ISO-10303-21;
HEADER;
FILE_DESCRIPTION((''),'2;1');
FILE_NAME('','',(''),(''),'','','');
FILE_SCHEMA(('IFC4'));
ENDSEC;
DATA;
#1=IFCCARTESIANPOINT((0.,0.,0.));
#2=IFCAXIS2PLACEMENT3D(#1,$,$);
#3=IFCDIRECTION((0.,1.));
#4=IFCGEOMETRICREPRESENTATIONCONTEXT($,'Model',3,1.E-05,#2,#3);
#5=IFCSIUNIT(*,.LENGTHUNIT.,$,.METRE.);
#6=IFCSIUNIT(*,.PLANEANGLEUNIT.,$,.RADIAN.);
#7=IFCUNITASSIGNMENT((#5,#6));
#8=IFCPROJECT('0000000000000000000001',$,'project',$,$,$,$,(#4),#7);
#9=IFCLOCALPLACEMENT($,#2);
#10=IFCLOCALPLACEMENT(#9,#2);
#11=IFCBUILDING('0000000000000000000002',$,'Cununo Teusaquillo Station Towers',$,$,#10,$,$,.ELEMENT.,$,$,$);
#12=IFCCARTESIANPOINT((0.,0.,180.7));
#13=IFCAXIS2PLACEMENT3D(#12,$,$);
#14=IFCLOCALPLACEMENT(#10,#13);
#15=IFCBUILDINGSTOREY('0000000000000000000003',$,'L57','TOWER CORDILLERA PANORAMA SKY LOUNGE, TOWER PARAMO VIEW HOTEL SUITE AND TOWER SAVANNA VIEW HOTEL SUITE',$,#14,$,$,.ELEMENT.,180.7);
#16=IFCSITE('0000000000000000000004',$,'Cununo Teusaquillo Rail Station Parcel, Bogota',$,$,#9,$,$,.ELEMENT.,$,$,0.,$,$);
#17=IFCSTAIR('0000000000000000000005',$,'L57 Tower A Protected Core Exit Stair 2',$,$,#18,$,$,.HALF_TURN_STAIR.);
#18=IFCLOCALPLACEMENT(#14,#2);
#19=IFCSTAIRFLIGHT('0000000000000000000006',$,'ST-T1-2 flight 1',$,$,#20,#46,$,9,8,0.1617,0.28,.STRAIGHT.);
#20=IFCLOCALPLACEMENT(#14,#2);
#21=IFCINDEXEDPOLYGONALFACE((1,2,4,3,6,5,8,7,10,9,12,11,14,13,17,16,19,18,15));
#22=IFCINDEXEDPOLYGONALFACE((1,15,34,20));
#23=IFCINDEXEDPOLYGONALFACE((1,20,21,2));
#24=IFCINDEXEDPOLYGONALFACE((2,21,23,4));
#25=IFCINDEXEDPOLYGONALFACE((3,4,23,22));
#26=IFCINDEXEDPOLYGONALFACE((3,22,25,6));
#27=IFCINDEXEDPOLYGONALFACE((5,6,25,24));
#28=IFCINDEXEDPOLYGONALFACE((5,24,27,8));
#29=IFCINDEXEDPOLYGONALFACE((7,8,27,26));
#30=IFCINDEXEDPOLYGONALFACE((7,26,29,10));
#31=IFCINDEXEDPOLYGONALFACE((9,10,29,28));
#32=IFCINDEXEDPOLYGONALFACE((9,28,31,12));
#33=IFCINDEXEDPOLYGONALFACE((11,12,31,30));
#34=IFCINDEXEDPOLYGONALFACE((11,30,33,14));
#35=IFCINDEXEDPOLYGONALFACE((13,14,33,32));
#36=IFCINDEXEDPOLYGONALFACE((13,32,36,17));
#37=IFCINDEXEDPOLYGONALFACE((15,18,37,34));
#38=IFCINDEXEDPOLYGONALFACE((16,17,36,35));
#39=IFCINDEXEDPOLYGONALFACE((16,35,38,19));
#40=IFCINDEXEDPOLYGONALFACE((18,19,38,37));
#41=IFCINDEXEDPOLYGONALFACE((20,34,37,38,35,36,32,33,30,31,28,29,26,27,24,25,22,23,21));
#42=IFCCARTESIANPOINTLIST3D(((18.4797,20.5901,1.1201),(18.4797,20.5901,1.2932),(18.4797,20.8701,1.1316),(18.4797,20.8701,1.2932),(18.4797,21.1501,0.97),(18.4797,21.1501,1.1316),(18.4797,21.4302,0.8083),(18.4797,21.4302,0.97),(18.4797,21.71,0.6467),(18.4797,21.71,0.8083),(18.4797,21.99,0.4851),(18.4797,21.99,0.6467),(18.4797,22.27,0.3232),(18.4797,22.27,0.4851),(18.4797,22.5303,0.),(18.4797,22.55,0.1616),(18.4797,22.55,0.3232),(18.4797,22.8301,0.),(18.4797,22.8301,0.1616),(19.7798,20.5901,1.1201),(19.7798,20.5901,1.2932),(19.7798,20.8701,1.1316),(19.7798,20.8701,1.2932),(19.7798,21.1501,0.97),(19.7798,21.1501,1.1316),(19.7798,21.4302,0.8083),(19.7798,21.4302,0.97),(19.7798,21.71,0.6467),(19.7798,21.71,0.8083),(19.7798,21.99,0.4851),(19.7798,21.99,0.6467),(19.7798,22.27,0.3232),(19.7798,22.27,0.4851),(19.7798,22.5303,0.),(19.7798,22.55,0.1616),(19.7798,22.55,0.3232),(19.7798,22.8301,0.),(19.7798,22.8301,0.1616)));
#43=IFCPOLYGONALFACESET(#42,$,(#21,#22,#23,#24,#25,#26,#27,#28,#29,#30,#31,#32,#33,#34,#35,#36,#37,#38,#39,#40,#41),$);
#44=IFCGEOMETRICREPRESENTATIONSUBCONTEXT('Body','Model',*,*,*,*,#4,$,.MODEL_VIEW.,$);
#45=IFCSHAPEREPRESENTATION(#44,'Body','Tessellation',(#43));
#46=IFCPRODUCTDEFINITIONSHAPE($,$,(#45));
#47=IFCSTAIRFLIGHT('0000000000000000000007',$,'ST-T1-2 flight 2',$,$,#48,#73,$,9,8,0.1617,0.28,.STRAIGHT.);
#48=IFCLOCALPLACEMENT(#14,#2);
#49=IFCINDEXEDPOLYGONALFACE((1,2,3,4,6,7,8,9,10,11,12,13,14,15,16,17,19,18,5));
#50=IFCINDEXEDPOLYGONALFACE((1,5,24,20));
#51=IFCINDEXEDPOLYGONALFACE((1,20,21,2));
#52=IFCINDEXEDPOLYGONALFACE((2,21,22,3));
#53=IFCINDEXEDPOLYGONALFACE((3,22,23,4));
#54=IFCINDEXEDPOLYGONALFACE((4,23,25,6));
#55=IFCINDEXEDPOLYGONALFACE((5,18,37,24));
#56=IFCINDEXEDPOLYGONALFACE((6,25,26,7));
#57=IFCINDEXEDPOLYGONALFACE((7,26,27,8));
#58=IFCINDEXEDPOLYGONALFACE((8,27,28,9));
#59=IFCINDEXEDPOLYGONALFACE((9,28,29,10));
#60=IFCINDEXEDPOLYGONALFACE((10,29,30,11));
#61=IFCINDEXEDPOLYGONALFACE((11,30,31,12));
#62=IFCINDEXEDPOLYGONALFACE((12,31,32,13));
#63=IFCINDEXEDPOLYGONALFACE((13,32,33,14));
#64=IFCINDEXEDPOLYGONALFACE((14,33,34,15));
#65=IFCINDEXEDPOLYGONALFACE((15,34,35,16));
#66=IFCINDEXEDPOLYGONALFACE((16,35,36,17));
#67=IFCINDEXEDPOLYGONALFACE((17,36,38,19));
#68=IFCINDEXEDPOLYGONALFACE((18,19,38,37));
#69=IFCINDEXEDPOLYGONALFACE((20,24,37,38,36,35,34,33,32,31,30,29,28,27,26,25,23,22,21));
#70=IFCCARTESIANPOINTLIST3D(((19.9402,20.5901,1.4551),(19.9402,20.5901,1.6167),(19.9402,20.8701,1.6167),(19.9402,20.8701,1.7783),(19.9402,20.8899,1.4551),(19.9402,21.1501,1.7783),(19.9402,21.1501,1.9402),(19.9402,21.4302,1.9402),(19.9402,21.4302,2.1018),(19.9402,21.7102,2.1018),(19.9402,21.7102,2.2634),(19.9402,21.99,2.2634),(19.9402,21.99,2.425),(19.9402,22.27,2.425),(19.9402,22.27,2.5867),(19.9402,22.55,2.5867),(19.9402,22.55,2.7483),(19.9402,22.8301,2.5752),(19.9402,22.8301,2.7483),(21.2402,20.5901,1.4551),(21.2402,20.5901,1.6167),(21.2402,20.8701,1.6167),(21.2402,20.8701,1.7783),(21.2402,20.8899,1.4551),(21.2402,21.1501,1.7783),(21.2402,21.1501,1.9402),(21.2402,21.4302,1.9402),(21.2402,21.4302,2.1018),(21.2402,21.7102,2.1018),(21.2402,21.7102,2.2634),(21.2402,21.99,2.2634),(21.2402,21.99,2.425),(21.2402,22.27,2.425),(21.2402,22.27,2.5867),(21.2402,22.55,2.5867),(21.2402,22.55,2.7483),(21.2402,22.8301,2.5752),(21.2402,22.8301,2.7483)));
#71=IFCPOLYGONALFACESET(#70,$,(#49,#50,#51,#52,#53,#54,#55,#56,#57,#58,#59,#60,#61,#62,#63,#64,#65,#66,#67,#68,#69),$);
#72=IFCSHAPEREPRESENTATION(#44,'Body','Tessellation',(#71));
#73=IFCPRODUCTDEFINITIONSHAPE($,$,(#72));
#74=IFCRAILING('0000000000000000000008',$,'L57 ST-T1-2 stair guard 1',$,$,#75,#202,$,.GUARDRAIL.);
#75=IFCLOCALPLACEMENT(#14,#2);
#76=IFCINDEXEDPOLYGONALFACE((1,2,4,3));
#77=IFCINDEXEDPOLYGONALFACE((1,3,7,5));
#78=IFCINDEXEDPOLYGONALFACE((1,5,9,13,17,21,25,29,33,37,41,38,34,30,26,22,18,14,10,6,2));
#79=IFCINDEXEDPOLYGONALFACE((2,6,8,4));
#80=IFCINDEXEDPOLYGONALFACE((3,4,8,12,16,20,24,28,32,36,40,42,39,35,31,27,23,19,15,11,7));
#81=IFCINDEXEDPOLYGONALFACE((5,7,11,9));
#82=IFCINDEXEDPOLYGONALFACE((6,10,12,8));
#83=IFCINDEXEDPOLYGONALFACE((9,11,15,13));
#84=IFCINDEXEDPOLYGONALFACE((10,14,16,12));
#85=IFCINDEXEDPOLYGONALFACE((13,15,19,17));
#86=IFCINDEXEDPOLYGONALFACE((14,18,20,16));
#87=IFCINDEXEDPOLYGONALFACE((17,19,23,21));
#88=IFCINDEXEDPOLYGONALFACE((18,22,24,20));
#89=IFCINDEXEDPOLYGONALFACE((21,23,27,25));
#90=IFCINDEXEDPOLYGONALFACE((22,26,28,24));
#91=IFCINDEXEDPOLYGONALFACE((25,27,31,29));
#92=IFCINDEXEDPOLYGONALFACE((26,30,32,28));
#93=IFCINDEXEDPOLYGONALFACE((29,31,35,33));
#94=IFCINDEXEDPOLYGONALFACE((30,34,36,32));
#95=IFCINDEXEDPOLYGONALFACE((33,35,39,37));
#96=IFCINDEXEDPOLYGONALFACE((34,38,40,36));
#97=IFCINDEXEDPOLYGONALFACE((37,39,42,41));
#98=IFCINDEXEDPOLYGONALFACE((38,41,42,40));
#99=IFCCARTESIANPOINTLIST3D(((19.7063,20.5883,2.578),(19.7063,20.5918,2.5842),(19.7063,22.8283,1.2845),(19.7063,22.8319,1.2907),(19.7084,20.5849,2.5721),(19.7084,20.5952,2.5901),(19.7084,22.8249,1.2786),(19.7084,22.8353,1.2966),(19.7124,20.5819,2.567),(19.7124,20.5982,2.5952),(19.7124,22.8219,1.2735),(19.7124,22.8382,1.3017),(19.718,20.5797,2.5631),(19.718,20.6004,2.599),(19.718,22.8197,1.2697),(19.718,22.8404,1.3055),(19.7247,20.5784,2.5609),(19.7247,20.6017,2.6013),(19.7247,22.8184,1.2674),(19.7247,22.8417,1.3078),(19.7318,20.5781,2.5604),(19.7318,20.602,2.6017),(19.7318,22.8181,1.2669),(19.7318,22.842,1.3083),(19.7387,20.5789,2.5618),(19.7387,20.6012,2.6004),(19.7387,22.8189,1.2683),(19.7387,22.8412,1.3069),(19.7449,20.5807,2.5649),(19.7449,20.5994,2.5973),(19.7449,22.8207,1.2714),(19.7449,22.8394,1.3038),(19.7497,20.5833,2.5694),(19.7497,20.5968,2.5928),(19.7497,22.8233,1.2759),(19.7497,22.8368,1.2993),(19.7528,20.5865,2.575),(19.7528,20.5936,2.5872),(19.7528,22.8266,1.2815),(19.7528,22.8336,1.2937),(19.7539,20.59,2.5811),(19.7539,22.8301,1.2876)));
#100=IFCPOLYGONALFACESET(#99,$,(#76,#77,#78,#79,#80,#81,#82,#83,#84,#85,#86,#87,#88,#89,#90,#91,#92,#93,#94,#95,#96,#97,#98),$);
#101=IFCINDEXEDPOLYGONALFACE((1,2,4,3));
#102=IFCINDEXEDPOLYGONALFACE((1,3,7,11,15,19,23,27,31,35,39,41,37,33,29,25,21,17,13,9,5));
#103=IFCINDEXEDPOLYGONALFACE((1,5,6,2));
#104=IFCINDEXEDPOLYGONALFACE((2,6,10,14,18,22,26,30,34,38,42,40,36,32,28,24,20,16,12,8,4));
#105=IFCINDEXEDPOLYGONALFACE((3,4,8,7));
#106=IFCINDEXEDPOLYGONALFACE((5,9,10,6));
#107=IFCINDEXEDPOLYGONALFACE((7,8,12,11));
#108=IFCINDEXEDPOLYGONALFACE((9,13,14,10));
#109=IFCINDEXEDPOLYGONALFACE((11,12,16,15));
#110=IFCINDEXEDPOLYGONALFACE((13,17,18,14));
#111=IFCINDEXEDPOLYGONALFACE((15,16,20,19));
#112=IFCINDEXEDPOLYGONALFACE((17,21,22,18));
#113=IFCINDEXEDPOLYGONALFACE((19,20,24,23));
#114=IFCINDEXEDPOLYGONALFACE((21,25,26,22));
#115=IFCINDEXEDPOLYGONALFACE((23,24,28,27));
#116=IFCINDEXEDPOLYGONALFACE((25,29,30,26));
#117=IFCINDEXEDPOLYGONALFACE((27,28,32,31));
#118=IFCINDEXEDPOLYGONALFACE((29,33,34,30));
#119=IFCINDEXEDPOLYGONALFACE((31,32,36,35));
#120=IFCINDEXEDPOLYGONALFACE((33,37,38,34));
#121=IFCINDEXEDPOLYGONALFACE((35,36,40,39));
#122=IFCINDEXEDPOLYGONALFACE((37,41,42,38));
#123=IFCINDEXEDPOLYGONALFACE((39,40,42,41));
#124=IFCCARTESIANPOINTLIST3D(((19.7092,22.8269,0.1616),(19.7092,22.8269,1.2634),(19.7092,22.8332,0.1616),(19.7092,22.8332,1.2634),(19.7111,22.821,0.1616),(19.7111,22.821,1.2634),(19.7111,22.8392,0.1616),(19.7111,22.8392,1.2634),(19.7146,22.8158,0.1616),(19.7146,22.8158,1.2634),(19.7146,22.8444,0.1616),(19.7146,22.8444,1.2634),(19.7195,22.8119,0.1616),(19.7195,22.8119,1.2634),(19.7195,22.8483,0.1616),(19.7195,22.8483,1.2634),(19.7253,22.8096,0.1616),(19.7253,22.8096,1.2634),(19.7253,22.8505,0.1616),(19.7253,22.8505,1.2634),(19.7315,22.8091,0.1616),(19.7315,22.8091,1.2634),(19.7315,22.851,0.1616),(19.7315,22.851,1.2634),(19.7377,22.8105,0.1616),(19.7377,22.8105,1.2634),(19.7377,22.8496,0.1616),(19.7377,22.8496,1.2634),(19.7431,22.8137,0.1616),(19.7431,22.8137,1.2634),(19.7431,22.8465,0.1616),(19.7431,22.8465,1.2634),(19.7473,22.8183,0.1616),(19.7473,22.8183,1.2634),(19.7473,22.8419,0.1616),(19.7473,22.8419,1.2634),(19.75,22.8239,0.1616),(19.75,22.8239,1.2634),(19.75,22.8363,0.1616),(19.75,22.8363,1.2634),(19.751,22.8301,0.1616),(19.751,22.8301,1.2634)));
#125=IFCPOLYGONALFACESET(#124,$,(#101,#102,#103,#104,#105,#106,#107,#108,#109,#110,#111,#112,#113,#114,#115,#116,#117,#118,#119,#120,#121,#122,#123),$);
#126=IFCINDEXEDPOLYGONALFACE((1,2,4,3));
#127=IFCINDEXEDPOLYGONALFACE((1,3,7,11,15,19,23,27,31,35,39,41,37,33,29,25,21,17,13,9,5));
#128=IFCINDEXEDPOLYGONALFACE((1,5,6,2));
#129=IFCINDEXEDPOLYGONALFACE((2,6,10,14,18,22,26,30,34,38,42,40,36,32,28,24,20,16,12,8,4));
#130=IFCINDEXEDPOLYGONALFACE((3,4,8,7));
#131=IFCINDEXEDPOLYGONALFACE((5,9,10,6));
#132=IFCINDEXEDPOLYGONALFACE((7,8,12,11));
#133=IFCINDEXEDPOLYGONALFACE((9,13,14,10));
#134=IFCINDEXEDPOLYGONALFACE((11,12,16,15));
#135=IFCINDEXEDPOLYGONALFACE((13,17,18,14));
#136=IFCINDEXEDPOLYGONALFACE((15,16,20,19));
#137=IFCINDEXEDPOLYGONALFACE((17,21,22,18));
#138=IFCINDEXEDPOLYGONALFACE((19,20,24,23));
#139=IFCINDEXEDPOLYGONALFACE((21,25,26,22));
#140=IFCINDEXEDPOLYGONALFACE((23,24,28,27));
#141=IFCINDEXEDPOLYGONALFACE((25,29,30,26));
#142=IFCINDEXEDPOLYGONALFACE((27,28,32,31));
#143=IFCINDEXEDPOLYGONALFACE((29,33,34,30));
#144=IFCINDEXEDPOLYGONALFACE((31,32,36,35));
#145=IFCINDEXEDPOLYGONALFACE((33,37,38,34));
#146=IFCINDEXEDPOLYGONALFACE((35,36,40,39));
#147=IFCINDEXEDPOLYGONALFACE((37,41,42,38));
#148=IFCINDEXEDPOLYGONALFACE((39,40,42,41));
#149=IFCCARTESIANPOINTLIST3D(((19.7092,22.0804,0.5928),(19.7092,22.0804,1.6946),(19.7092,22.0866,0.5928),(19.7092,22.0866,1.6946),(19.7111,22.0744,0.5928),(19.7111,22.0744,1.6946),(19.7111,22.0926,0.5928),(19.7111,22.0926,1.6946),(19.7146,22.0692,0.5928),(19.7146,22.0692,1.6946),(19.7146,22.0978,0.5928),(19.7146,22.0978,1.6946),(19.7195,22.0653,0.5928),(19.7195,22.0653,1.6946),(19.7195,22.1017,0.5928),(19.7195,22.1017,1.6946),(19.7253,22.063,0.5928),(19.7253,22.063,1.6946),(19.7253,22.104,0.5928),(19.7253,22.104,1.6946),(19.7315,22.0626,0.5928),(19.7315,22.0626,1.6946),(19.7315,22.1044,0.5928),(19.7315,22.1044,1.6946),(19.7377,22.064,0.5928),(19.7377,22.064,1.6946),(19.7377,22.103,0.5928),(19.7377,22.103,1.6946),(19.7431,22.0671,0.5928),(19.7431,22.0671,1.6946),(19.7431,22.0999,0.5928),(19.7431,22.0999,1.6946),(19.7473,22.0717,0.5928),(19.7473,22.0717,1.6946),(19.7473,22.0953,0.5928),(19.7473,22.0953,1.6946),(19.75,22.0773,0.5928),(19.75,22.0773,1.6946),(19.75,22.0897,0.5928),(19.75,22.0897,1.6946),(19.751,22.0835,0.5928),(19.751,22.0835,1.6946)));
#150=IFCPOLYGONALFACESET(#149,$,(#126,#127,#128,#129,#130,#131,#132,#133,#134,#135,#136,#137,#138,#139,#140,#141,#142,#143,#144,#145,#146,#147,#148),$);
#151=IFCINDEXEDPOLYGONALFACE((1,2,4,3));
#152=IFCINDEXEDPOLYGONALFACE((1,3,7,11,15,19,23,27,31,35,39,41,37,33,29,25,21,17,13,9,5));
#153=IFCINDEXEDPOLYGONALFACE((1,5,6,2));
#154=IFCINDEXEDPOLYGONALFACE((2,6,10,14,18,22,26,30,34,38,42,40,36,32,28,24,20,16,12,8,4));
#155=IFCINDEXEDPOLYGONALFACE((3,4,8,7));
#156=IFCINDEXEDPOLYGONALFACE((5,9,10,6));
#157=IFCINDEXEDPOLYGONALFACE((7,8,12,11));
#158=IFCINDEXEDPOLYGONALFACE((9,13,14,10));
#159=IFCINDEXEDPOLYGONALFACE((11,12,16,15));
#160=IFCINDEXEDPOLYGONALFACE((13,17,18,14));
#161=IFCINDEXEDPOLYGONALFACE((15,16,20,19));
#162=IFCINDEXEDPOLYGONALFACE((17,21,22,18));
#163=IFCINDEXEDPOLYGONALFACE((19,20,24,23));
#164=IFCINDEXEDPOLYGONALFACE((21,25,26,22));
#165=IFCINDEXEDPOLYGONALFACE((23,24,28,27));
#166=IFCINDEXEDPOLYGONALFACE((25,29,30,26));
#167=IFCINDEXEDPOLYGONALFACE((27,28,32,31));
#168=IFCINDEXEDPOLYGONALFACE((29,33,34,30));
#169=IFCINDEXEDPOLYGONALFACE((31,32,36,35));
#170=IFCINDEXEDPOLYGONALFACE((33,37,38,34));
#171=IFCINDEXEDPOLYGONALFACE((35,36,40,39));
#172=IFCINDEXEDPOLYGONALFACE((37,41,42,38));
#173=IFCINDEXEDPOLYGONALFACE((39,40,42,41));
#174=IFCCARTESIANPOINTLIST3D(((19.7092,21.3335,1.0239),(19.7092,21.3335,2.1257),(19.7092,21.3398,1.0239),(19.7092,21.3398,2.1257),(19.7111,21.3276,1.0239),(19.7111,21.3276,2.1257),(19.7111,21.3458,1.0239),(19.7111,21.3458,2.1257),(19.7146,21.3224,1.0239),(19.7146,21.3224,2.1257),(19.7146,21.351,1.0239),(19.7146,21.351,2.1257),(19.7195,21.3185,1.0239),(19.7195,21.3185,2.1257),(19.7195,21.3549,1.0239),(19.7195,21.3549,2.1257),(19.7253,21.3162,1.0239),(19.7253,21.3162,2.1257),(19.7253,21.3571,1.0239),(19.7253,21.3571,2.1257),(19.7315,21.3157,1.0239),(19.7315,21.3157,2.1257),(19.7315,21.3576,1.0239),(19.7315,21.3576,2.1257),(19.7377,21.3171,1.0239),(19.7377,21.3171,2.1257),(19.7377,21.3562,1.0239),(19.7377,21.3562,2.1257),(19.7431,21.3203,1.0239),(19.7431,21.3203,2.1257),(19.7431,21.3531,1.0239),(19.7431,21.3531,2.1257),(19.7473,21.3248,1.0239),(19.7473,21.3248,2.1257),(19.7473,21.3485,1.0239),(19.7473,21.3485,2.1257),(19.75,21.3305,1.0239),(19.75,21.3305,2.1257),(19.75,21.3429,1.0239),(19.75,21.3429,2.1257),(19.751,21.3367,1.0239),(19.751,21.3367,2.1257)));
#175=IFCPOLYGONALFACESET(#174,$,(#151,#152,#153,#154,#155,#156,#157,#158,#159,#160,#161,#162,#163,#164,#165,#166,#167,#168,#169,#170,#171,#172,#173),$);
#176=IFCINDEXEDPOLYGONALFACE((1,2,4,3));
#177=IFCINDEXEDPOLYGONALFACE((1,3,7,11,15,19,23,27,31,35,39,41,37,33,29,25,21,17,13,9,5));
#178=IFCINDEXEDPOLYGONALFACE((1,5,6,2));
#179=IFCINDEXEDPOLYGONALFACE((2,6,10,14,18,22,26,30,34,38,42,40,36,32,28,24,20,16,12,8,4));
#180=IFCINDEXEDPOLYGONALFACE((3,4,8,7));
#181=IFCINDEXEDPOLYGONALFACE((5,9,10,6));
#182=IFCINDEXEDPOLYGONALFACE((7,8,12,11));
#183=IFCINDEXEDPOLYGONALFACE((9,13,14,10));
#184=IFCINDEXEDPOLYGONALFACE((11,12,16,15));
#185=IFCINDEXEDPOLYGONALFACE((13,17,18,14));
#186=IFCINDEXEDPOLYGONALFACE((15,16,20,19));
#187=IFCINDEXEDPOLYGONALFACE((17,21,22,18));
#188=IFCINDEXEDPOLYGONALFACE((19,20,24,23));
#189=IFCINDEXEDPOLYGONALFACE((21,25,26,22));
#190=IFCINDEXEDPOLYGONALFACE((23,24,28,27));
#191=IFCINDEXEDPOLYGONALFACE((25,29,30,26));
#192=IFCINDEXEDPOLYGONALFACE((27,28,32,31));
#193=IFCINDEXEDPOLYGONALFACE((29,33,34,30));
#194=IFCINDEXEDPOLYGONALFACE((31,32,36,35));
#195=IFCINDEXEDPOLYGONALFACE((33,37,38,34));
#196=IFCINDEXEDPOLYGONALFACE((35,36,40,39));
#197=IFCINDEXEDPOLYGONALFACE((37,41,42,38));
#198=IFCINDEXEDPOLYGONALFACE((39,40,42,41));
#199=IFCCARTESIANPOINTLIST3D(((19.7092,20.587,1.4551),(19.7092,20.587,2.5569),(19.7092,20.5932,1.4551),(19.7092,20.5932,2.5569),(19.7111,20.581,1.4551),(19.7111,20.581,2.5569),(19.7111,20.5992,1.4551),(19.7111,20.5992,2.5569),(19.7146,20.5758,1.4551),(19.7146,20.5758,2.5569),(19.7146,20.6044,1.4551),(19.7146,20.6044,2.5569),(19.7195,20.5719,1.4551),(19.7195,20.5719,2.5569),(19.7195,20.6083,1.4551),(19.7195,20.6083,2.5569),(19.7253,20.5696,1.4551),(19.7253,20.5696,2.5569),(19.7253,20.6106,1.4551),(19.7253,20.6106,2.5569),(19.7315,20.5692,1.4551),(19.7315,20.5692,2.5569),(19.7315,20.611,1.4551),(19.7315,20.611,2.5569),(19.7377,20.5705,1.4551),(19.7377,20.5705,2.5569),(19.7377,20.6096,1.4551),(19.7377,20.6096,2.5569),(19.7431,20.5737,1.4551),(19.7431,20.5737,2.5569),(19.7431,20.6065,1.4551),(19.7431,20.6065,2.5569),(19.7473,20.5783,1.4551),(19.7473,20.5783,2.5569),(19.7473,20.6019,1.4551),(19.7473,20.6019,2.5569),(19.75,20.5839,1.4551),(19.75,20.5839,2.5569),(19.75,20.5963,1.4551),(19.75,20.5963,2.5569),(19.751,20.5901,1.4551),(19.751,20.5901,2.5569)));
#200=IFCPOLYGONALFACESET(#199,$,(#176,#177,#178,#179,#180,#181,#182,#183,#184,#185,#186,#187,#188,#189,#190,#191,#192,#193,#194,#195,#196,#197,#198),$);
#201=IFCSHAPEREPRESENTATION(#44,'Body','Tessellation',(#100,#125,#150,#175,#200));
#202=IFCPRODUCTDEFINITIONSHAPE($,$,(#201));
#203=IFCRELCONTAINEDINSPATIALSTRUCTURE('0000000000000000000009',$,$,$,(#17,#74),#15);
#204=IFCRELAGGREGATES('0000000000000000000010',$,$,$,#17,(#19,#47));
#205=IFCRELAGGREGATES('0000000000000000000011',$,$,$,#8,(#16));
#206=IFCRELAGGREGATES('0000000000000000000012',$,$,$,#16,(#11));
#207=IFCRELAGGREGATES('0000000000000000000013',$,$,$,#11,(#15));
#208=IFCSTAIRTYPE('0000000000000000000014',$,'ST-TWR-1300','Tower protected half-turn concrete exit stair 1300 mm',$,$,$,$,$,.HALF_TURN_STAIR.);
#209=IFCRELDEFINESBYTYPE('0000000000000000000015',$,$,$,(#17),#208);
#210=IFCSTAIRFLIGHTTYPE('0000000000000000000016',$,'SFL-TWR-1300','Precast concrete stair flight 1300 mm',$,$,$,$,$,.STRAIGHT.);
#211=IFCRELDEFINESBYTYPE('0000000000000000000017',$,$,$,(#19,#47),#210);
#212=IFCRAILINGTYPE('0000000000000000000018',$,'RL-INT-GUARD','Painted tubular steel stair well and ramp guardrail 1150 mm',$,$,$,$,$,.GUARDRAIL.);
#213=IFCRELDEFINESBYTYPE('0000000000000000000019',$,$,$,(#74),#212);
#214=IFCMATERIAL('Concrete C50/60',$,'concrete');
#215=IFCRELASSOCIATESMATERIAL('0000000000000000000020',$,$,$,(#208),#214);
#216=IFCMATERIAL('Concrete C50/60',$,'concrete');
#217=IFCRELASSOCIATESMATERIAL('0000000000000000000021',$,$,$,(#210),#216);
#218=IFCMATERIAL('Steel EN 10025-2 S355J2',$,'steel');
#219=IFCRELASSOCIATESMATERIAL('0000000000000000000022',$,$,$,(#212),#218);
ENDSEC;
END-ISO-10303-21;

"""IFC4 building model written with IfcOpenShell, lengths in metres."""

from ifc_helpers import new_model, si_unit, direction, frame, origin, origin_2d, place, context, subcontext, project, spatial, polyline, circle, outline, extrude, material, type_object, element, aggregate, save


model = new_model("IFC4")

# Units and contexts
model_context = context("Model", 3, precision=1e-05, world=origin(), true_north=direction((0.0, 1.0)))
body_context = subcontext(model_context, "Body", "Model", "MODEL_VIEW")
ifc_project = project(units=[si_unit("LENGTHUNIT", "METRE"), si_unit("PLANEANGLEUNIT", "RADIAN")], contexts=[model_context])

# Site, building, storey
site_placement = place(None, origin())
site = spatial("IfcSite", under=ifc_project, at=site_placement, Name="Cununo Teusaquillo Rail Station Parcel, Bogota", CompositionType="ELEMENT", RefElevation=0.0)
building_placement = place(site_placement, origin())
building = spatial("IfcBuilding", under=site, at=building_placement, Name="Cununo Teusaquillo Station Towers", CompositionType="ELEMENT")
storey_placement = place(building_placement, frame((0.0, 0.0, 180.7)))
storey = spatial("IfcBuildingStorey", under=building, at=storey_placement, Name="L57", Description="TOWER CORDILLERA PANORAMA SKY LOUNGE, TOWER PARAMO VIEW HOTEL SUITE AND TOWER SAVANNA VIEW HOTEL SUITE", CompositionType="ELEMENT", Elevation=180.7)

# Stair, stair flights
ifc_material_1 = material(Name="Concrete C50/60", Category="concrete")
stair_type = type_object("IfcStairType", Name="ST-TWR-1300", Description="Tower protected half-turn concrete exit stair 1300 mm", PredefinedType="HALF_TURN_STAIR", material=ifc_material_1)
stair_placement = place(storey_placement, origin())
stair = element("IfcStair", 1, at=stair_placement, inside=storey, type_object=stair_type, Name="L57 Tower A Protected Core Exit Stair 2", PredefinedType="HALF_TURN_STAIR")
ifc_material_2 = material(Name="Concrete C50/60", Category="concrete")
stair_flight_type = type_object("IfcStairFlightType", Name="SFL-TWR-1300", Description="Precast concrete stair flight 1300 mm", PredefinedType="STRAIGHT", material=ifc_material_2)
stair_flight_1_placement = place(storey_placement, frame((19.1299, 22.8301, 0.0), z_axis=(0.0, 0.0, 1.0), x_axis=(0.0, -1.0, 0.0)))
stair_flight_1 = element("IfcStairFlight", 2, at=stair_flight_1_placement, type_object=stair_flight_type, Name="ST-T1-2 flight 1", NumberOfRisers=9, NumberOfTreads=8, PredefinedType="STRAIGHT", RiserHeight=0.1617, TreadLength=0.28, context=body_context, shape_type="SweptSolid", body=[
    extrude(outline(polyline([(0.0, 0.0), (0.0, 0.1616), (0.28, 0.1616), (0.28, 0.3232), (0.5601, 0.3232), (0.5601, 0.4851), (0.8401, 0.4851), (0.8401, 0.6467), (1.1201, 0.6467), (1.1201, 0.8083), (1.3999, 0.8083), (1.3999, 0.97), (1.6799, 0.97), (1.6799, 1.1316), (1.96, 1.1316), (1.96, 1.2932), (2.24, 1.2932), (2.24, 1.4551), (2.24, 1.1201), (0.2998, 0.0), (0.0, 0.0)])), frame((0.0, 0.6499, 0.0), z_axis=(0.0, -1.0, 0.0), x_axis=(1.0, 0.0, 0.0)), (0.0, 0.0, 1.0), 1.3),
])
stair_flight_2_placement = place(storey_placement, frame((20.5901, 20.5901, 1.4551), z_axis=(0.0, 0.0, 1.0), x_axis=(0.0, 1.0, 0.0)))
stair_flight_2 = element("IfcStairFlight", 3, at=stair_flight_2_placement, type_object=stair_flight_type, Name="ST-T1-2 flight 2", NumberOfRisers=9, NumberOfTreads=8, PredefinedType="STRAIGHT", RiserHeight=0.1617, TreadLength=0.28, context=body_context, shape_type="SweptSolid", body=[
    extrude(outline(polyline([(0.0, 0.0), (0.0, 0.1616), (0.28, 0.1616), (0.28, 0.3232), (0.5601, 0.3232), (0.5601, 0.4851), (0.8401, 0.4851), (0.8401, 0.6467), (1.1201, 0.6467), (1.1201, 0.8083), (1.3999, 0.8083), (1.3999, 0.97), (1.6799, 0.97), (1.6799, 1.1316), (1.96, 1.1316), (1.96, 1.2932), (2.24, 1.2932), (2.24, 1.4551), (2.24, 1.1201), (0.2998, 0.0), (0.0, 0.0)])), frame((0.0, 0.6499, 0.0), z_axis=(0.0, -1.0, 0.0), x_axis=(1.0, 0.0, 0.0)), (0.0, 0.0, 1.0), 1.3),
])
aggregate(stair, [stair_flight_1, stair_flight_2])

# Railing
ifc_material_3 = material(Name="Steel EN 10025-2 S355J2", Category="steel")
railing_type_1 = type_object("IfcRailingType", Name="RL-INT-GUARD", Description="Painted tubular steel stair well and ramp guardrail 1150 mm", PredefinedType="GUARDRAIL", material=ifc_material_3)
railing_1_placement = place(storey_placement, frame((19.73, 22.8301, 0.1616)))
element("IfcRailing", 4, at=railing_1_placement, inside=storey, type_object=railing_type_1, Name="L57 ST-T1-2 stair guard 1", PredefinedType="GUARDRAIL", context=body_context, shape_type="SweptSolid", body=[
    extrude(circle(Radius=0.0239, at=origin_2d()), frame((0.0, 0.0, 1.126), z_axis=(0.0, -0.865992, 0.500057), x_axis=(1.0, 0.0, 0.0)), (0.0, 0.0, 1.0), 2.5867),
    extrude(circle(Radius=0.021, at=origin_2d()), origin(), (0.0, 0.0, 1.0), 1.1018),
    extrude(circle(Radius=0.021, at=origin_2d()), frame((0.0, -0.7466, 0.4312)), (0.0, 0.0, 1.0), 1.1018),
    extrude(circle(Radius=0.021, at=origin_2d()), frame((0.0, -1.4934, 0.8623)), (0.0, 0.0, 1.0), 1.1018),
    extrude(circle(Radius=0.021, at=origin_2d()), frame((0.0, -2.24, 1.2935)), (0.0, 0.0, 1.0), 1.1018),
])

save(model, "model.ifc")
